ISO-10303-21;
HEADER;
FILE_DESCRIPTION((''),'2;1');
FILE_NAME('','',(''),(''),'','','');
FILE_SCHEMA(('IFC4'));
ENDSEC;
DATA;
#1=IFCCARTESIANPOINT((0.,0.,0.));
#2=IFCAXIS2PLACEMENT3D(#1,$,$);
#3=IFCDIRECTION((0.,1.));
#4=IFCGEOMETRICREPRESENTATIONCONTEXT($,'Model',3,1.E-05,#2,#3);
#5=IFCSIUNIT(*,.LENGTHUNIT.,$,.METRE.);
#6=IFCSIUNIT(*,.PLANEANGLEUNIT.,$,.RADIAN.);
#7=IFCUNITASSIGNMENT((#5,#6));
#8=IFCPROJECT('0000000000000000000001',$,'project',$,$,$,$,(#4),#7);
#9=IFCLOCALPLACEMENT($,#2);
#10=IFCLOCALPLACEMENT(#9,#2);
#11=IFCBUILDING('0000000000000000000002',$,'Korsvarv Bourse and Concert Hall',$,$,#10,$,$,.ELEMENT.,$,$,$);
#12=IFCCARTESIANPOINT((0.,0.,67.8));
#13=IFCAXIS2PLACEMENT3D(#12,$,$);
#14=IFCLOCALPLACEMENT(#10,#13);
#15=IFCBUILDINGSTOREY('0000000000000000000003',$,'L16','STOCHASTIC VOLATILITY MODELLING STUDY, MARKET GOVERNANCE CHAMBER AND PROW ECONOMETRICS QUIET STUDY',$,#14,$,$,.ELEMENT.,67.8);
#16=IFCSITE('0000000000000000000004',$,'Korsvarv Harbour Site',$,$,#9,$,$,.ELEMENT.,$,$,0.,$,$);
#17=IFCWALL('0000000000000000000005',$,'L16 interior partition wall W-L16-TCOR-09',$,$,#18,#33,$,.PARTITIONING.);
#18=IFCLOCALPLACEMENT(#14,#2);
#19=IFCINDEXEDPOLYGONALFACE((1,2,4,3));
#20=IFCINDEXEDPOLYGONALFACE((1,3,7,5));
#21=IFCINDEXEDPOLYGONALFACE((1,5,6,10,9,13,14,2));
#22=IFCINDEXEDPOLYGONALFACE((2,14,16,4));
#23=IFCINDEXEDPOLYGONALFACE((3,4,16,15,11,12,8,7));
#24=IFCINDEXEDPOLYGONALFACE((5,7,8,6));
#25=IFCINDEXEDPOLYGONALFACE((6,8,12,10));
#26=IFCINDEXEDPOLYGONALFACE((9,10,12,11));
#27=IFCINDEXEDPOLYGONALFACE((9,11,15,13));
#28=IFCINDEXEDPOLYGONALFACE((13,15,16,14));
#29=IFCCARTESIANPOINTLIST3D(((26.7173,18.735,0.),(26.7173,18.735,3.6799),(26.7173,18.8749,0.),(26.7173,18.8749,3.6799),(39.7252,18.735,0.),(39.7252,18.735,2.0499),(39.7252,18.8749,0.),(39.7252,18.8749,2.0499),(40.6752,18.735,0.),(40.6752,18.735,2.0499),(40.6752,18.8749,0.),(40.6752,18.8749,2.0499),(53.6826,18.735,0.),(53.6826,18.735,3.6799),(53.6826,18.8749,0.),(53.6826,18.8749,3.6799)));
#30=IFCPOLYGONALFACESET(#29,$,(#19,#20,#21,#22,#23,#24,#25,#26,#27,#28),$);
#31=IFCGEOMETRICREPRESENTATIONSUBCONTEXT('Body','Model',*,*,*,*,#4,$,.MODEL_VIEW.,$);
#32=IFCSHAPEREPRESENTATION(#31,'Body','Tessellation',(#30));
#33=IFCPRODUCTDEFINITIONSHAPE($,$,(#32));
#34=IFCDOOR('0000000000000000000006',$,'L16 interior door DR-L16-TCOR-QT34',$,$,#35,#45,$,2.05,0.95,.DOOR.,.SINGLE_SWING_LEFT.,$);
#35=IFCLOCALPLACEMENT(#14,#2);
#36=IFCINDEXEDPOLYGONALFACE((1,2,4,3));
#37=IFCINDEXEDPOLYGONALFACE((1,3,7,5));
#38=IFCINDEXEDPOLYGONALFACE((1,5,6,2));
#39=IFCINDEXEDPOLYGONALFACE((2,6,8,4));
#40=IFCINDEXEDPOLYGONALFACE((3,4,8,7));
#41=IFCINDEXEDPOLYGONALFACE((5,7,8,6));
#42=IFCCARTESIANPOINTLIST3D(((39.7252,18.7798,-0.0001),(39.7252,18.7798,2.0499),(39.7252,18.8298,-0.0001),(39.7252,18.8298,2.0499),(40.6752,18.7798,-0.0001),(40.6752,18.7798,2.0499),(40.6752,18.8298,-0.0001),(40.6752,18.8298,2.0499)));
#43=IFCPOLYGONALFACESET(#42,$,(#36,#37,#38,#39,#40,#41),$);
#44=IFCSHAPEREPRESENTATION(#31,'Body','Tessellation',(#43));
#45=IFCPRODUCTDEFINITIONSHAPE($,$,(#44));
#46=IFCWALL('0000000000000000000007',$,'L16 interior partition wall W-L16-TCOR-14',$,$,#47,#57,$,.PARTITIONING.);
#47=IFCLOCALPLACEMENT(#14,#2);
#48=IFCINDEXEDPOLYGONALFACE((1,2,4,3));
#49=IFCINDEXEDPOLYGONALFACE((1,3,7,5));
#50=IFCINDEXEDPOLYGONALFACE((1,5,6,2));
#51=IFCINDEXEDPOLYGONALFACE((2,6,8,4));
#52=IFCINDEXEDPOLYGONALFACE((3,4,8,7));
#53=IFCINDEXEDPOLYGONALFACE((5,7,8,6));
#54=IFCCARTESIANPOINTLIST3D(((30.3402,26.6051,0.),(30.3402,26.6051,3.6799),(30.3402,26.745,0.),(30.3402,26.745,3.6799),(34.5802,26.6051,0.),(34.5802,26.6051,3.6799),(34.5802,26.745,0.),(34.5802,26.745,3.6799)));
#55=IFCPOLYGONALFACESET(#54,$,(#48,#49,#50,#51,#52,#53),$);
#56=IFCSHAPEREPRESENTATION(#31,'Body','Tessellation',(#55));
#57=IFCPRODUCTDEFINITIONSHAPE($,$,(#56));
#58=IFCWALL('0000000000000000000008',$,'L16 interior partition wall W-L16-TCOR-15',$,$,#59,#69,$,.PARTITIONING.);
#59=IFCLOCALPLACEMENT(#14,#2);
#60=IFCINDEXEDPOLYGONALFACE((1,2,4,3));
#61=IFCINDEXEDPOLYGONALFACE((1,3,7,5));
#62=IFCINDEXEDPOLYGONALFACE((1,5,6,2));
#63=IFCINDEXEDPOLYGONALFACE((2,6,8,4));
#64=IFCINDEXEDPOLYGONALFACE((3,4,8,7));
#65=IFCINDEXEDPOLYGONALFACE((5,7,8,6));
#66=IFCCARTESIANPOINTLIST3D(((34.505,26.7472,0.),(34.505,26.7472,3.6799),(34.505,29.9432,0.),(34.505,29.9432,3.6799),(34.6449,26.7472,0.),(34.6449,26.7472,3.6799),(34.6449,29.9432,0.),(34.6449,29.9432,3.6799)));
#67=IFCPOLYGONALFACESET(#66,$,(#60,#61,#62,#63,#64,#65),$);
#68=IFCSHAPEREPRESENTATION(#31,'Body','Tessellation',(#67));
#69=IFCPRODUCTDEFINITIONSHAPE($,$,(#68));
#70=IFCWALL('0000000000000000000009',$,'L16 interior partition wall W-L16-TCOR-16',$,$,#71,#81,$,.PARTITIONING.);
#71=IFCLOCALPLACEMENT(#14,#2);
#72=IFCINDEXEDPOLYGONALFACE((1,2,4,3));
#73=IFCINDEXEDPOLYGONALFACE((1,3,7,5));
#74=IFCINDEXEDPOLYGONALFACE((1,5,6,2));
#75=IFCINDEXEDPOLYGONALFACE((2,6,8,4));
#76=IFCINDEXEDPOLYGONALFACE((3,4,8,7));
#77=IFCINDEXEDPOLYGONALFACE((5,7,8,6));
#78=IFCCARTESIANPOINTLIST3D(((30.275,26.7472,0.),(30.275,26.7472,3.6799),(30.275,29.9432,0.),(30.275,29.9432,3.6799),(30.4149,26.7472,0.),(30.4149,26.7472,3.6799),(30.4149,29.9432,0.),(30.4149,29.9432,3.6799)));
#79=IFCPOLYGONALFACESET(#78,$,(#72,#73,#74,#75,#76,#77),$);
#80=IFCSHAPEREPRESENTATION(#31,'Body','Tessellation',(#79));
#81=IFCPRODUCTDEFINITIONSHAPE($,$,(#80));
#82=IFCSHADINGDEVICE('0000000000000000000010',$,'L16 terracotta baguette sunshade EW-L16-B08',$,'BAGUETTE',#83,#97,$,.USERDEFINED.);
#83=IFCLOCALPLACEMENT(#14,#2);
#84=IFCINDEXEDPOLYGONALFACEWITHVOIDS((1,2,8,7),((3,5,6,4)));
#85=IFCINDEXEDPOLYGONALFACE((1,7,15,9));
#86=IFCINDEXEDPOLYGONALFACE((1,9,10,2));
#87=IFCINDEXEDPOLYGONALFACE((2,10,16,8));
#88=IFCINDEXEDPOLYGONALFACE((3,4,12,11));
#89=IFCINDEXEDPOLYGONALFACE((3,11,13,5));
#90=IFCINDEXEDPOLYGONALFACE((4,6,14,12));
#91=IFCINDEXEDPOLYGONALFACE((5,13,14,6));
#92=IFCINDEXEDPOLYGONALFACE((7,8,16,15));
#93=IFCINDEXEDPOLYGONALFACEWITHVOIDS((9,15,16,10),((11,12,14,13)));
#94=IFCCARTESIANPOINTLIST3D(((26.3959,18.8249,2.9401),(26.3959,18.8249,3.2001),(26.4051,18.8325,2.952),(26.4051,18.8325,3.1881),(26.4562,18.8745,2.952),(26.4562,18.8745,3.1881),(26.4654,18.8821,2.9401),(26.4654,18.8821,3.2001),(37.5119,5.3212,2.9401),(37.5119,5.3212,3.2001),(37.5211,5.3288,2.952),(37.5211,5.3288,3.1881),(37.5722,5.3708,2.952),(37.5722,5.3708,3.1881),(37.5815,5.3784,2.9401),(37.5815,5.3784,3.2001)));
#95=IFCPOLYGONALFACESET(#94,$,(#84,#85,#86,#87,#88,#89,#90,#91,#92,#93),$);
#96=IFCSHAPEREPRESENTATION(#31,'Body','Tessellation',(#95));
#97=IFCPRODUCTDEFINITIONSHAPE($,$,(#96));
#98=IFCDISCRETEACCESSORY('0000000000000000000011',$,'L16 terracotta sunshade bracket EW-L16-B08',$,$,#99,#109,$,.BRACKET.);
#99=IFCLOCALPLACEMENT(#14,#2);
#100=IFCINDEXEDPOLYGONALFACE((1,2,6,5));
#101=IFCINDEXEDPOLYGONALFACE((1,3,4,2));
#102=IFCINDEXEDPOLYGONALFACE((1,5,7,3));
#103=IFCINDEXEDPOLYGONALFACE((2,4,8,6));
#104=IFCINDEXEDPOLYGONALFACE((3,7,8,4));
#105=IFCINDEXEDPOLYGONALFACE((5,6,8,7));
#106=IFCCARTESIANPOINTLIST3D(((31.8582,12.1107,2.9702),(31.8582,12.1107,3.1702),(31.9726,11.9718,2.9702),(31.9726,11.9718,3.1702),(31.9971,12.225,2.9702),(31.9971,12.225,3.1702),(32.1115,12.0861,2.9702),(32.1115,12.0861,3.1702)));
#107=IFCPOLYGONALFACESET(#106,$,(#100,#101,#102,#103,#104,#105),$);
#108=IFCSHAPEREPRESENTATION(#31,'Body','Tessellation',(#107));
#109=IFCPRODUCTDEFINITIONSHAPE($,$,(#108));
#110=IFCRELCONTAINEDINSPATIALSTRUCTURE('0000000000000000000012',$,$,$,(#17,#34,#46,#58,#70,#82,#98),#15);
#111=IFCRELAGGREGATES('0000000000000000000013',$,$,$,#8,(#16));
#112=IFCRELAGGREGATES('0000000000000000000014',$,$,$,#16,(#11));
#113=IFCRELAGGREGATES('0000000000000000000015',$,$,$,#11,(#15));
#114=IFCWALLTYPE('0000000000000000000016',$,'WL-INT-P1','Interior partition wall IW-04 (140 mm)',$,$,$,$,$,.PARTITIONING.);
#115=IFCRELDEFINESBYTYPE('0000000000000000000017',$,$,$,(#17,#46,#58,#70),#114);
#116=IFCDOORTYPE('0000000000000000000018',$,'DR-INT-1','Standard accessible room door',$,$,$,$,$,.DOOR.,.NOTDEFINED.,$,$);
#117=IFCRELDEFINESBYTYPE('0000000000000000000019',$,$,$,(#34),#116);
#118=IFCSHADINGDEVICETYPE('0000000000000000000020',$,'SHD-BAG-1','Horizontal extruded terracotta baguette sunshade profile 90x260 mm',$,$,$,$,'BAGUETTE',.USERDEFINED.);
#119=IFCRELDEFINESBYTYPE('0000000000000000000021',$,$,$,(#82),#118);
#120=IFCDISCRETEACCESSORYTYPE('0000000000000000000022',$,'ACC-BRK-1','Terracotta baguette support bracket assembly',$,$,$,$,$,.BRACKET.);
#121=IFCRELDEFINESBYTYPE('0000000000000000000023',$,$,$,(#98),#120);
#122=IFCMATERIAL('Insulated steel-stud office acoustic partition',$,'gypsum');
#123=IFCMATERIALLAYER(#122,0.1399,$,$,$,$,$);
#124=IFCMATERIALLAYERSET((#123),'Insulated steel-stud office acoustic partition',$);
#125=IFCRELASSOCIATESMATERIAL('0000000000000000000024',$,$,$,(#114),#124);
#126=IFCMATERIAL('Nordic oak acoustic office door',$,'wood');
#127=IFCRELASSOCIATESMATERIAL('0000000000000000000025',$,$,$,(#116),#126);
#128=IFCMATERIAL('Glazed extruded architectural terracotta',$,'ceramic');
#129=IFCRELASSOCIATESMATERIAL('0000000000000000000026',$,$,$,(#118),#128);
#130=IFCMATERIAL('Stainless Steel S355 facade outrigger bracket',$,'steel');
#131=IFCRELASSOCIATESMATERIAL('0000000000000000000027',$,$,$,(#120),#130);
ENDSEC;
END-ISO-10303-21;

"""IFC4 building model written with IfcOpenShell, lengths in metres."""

from ifc_helpers import new_model, si_unit, direction, frame, frame_2d, origin, origin_2d, place, context, subcontext, project, spatial, rectangle, hollow_rectangle, extrude, source, transform, mapped, material, layer, layer_set, material_profile, profile_set, type_object, element, fill, save


model = new_model("IFC4")

# Units and contexts
model_context = context("Model", 3, precision=1e-05, world=origin(), true_north=direction((0.0, 1.0)))
body_context = subcontext(model_context, "Body", "Model", "MODEL_VIEW")
ifc_project = project(units=[si_unit("LENGTHUNIT", "METRE"), si_unit("PLANEANGLEUNIT", "RADIAN")], contexts=[model_context])

# Site, building, storey
site_placement = place(None, origin())
site = spatial("IfcSite", under=ifc_project, at=site_placement, Name="Korsvarv Harbour Site", CompositionType="ELEMENT", RefElevation=0.0)
building_placement = place(site_placement, origin())
building = spatial("IfcBuilding", under=site, at=building_placement, Name="Korsvarv Bourse and Concert Hall", CompositionType="ELEMENT")
storey_placement = place(building_placement, frame((0.0, 0.0, 67.8)))
storey = spatial("IfcBuildingStorey", under=building, at=storey_placement, Name="L16", Description="STOCHASTIC VOLATILITY MODELLING STUDY, MARKET GOVERNANCE CHAMBER AND PROW ECONOMETRICS QUIET STUDY", CompositionType="ELEMENT", Elevation=67.8)

# Wall, opening, door
ifc_material_1 = material(Name="Insulated steel-stud office acoustic partition", Category="gypsum")
ifc_layer_1 = layer(ifc_material_1, 0.1399)
ifc_layer_set_1 = layer_set([ifc_layer_1], Name="Insulated steel-stud office acoustic partition")
wall_type_1 = type_object("IfcWallType", Name="WL-INT-P1", Description="Interior partition wall IW-04 (140 mm)", PredefinedType="PARTITIONING", material=ifc_layer_set_1)
wall_1_placement = place(storey_placement, frame((26.7173, 18.8049, 0.0), z_axis=(0.0, 0.0, 1.0), x_axis=(1.0, 0.0, 0.0)))
wall_1 = element("IfcWall", 1, at=wall_1_placement, inside=storey, type_object=wall_type_1, Name="L16 interior partition wall W-L16-TCOR-09", PredefinedType="PARTITIONING", context=body_context, shape_type="SweptSolid", body=[
    extrude(rectangle(XDim=26.9653, YDim=0.1399, at=frame_2d((13.4827, 0.0))), origin(), (0.0, 0.0, 1.0), 3.6799),
])
opening_1_placement = place(wall_1_placement, frame((13.0078, 0.0, 0.0)))
opening_1 = element("IfcOpeningElement", 2, at=opening_1_placement, cuts=wall_1, PredefinedType="OPENING", context=body_context, shape_type="SweptSolid", body=[
    extrude(rectangle(XDim=0.95, YDim=2.05, at=frame_2d((0.4751, 1.0249))), frame((0.0, 0.0801, 0.0), z_axis=(0.0, -1.0, 0.0), x_axis=(1.0, 0.0, 0.0)), (0.0, 0.0, 1.0), 0.1599),
])
ifc_material_2 = material(Name="Nordic oak acoustic office door", Category="wood")
door_type_1 = type_object("IfcDoorType", Name="DR-INT-1", Description="Standard accessible room door", OperationType="NOTDEFINED", PredefinedType="DOOR", material=ifc_material_2)
door_1_placement = place(opening_1_placement, origin())
door_1 = element("IfcDoor", 3, at=door_1_placement, inside=storey, type_object=door_type_1, Name="L16 interior door DR-L16-TCOR-QT34", OperationType="SINGLE_SWING_LEFT", OverallHeight=2.05, OverallWidth=0.95, PredefinedType="DOOR", context=body_context, shape_type="SweptSolid", body=[
    extrude(rectangle(XDim=0.95, YDim=2.05, at=frame_2d((0.4751, 1.0249))), frame((0.0, 0.0249, 0.0), z_axis=(0.0, -1.0, 0.0), x_axis=(1.0, 0.0, 0.0)), (0.0, 0.0, 1.0), 0.05),
])
fill(opening_1, door_1)

# Walls
wall_2_placement = place(storey_placement, frame((30.3401, 26.675, 0.0), z_axis=(0.0, 0.0, 1.0), x_axis=(1.0, 0.0, 0.0)))
element("IfcWall", 4, at=wall_2_placement, inside=storey, type_object=wall_type_1, Name="L16 interior partition wall W-L16-TCOR-14", PredefinedType="PARTITIONING", context=body_context, shape_type="SweptSolid", body=[
    extrude(rectangle(XDim=4.24, YDim=0.1399, at=frame_2d((2.1201, 0.0))), origin(), (0.0, 0.0, 1.0), 3.6799),
])
for number, where, z_axis, x_axis, name in (
    (5, (34.575, 26.7471, 0.0), (0.0, 0.0, 1.0), (0.0, 1.0, 0.0), "L16 interior partition wall W-L16-TCOR-15"),
    (6, (30.345, 26.7471, 0.0), (0.0, 0.0, 1.0), (0.0, 1.0, 0.0), "L16 interior partition wall W-L16-TCOR-16"),
):
    element("IfcWall", number, at=place(storey_placement, frame(where, z_axis=z_axis, x_axis=x_axis)), inside=storey, type_object=wall_type_1, Name=name, PredefinedType="PARTITIONING", context=body_context, shape_type="SweptSolid", body=[
        extrude(rectangle(XDim=3.196, YDim=0.1399, at=frame_2d((1.5981, 0.0))), origin(), (0.0, 0.0, 1.0), 3.6799),
    ])

# Shading device
ifc_material_3 = material(Name="Glazed extruded architectural terracotta", Category="ceramic")
ifc_material_profile_1 = material_profile(ifc_material_3, hollow_rectangle(XDim=0.0901, YDim=0.26, WallThickness=0.012, at=origin_2d()), Name="TC-BAG 90x260")
ifc_profile_set_1 = profile_set([ifc_material_profile_1], Name="Glazed extruded architectural terracotta")
shading_device_type = type_object("IfcShadingDeviceType", Name="SHD-BAG-1", Description="Horizontal extruded terracotta baguette sunshade profile 90x260 mm", ElementType="BAGUETTE", PredefinedType="USERDEFINED", material=ifc_profile_set_1)
shared_shape_1 = source(origin(), body_context, "Body", "SweptSolid", [
    extrude(hollow_rectangle(XDim=0.0901, YDim=0.26, WallThickness=0.012, at=origin_2d()), origin(), (0.0, 0.0, 1.0), 17.4905),
])
shading_device_placement = place(storey_placement, frame((26.4307, 18.8535, 3.0701), z_axis=(0.635547, -0.772062, 0.0), x_axis=(0.772062, 0.635547, 0.0)))
element("IfcShadingDevice", 7, at=shading_device_placement, inside=storey, type_object=shading_device_type, Name="L16 terracotta baguette sunshade EW-L16-B08", ObjectType="BAGUETTE", PredefinedType="USERDEFINED", context=body_context, shape_type="MappedRepresentation", body=[
    mapped(shared_shape_1, transform((0.0, 0.0, 0.0), scale=1.0)),
])

# Discrete accessory
ifc_material_4 = material(Name="Stainless Steel S355 facade outrigger bracket", Category="steel")
discrete_accessory_type = type_object("IfcDiscreteAccessoryType", Name="ACC-BRK-1", Description="Terracotta baguette support bracket assembly", PredefinedType="BRACKET", material=ifc_material_4)
shared_shape_2 = source(origin(), body_context, "Body", "SweptSolid", [
    extrude(rectangle(XDim=0.1799, YDim=0.1799, at=origin_2d()), origin(), (0.0, 0.0, 1.0), 0.2),
])
discrete_accessory_placement = place(storey_placement, frame((31.9849, 12.0984, 2.9702), z_axis=(0.0, 0.0, 1.0), x_axis=(0.635539, -0.772068, 0.0)))
element("IfcDiscreteAccessory", 8, at=discrete_accessory_placement, inside=storey, type_object=discrete_accessory_type, Name="L16 terracotta sunshade bracket EW-L16-B08", PredefinedType="BRACKET", context=body_context, shape_type="MappedRepresentation", body=[
    mapped(shared_shape_2, transform((0.0, 0.0, 0.0), scale=1.0)),
])

save(model, "model.ifc")
